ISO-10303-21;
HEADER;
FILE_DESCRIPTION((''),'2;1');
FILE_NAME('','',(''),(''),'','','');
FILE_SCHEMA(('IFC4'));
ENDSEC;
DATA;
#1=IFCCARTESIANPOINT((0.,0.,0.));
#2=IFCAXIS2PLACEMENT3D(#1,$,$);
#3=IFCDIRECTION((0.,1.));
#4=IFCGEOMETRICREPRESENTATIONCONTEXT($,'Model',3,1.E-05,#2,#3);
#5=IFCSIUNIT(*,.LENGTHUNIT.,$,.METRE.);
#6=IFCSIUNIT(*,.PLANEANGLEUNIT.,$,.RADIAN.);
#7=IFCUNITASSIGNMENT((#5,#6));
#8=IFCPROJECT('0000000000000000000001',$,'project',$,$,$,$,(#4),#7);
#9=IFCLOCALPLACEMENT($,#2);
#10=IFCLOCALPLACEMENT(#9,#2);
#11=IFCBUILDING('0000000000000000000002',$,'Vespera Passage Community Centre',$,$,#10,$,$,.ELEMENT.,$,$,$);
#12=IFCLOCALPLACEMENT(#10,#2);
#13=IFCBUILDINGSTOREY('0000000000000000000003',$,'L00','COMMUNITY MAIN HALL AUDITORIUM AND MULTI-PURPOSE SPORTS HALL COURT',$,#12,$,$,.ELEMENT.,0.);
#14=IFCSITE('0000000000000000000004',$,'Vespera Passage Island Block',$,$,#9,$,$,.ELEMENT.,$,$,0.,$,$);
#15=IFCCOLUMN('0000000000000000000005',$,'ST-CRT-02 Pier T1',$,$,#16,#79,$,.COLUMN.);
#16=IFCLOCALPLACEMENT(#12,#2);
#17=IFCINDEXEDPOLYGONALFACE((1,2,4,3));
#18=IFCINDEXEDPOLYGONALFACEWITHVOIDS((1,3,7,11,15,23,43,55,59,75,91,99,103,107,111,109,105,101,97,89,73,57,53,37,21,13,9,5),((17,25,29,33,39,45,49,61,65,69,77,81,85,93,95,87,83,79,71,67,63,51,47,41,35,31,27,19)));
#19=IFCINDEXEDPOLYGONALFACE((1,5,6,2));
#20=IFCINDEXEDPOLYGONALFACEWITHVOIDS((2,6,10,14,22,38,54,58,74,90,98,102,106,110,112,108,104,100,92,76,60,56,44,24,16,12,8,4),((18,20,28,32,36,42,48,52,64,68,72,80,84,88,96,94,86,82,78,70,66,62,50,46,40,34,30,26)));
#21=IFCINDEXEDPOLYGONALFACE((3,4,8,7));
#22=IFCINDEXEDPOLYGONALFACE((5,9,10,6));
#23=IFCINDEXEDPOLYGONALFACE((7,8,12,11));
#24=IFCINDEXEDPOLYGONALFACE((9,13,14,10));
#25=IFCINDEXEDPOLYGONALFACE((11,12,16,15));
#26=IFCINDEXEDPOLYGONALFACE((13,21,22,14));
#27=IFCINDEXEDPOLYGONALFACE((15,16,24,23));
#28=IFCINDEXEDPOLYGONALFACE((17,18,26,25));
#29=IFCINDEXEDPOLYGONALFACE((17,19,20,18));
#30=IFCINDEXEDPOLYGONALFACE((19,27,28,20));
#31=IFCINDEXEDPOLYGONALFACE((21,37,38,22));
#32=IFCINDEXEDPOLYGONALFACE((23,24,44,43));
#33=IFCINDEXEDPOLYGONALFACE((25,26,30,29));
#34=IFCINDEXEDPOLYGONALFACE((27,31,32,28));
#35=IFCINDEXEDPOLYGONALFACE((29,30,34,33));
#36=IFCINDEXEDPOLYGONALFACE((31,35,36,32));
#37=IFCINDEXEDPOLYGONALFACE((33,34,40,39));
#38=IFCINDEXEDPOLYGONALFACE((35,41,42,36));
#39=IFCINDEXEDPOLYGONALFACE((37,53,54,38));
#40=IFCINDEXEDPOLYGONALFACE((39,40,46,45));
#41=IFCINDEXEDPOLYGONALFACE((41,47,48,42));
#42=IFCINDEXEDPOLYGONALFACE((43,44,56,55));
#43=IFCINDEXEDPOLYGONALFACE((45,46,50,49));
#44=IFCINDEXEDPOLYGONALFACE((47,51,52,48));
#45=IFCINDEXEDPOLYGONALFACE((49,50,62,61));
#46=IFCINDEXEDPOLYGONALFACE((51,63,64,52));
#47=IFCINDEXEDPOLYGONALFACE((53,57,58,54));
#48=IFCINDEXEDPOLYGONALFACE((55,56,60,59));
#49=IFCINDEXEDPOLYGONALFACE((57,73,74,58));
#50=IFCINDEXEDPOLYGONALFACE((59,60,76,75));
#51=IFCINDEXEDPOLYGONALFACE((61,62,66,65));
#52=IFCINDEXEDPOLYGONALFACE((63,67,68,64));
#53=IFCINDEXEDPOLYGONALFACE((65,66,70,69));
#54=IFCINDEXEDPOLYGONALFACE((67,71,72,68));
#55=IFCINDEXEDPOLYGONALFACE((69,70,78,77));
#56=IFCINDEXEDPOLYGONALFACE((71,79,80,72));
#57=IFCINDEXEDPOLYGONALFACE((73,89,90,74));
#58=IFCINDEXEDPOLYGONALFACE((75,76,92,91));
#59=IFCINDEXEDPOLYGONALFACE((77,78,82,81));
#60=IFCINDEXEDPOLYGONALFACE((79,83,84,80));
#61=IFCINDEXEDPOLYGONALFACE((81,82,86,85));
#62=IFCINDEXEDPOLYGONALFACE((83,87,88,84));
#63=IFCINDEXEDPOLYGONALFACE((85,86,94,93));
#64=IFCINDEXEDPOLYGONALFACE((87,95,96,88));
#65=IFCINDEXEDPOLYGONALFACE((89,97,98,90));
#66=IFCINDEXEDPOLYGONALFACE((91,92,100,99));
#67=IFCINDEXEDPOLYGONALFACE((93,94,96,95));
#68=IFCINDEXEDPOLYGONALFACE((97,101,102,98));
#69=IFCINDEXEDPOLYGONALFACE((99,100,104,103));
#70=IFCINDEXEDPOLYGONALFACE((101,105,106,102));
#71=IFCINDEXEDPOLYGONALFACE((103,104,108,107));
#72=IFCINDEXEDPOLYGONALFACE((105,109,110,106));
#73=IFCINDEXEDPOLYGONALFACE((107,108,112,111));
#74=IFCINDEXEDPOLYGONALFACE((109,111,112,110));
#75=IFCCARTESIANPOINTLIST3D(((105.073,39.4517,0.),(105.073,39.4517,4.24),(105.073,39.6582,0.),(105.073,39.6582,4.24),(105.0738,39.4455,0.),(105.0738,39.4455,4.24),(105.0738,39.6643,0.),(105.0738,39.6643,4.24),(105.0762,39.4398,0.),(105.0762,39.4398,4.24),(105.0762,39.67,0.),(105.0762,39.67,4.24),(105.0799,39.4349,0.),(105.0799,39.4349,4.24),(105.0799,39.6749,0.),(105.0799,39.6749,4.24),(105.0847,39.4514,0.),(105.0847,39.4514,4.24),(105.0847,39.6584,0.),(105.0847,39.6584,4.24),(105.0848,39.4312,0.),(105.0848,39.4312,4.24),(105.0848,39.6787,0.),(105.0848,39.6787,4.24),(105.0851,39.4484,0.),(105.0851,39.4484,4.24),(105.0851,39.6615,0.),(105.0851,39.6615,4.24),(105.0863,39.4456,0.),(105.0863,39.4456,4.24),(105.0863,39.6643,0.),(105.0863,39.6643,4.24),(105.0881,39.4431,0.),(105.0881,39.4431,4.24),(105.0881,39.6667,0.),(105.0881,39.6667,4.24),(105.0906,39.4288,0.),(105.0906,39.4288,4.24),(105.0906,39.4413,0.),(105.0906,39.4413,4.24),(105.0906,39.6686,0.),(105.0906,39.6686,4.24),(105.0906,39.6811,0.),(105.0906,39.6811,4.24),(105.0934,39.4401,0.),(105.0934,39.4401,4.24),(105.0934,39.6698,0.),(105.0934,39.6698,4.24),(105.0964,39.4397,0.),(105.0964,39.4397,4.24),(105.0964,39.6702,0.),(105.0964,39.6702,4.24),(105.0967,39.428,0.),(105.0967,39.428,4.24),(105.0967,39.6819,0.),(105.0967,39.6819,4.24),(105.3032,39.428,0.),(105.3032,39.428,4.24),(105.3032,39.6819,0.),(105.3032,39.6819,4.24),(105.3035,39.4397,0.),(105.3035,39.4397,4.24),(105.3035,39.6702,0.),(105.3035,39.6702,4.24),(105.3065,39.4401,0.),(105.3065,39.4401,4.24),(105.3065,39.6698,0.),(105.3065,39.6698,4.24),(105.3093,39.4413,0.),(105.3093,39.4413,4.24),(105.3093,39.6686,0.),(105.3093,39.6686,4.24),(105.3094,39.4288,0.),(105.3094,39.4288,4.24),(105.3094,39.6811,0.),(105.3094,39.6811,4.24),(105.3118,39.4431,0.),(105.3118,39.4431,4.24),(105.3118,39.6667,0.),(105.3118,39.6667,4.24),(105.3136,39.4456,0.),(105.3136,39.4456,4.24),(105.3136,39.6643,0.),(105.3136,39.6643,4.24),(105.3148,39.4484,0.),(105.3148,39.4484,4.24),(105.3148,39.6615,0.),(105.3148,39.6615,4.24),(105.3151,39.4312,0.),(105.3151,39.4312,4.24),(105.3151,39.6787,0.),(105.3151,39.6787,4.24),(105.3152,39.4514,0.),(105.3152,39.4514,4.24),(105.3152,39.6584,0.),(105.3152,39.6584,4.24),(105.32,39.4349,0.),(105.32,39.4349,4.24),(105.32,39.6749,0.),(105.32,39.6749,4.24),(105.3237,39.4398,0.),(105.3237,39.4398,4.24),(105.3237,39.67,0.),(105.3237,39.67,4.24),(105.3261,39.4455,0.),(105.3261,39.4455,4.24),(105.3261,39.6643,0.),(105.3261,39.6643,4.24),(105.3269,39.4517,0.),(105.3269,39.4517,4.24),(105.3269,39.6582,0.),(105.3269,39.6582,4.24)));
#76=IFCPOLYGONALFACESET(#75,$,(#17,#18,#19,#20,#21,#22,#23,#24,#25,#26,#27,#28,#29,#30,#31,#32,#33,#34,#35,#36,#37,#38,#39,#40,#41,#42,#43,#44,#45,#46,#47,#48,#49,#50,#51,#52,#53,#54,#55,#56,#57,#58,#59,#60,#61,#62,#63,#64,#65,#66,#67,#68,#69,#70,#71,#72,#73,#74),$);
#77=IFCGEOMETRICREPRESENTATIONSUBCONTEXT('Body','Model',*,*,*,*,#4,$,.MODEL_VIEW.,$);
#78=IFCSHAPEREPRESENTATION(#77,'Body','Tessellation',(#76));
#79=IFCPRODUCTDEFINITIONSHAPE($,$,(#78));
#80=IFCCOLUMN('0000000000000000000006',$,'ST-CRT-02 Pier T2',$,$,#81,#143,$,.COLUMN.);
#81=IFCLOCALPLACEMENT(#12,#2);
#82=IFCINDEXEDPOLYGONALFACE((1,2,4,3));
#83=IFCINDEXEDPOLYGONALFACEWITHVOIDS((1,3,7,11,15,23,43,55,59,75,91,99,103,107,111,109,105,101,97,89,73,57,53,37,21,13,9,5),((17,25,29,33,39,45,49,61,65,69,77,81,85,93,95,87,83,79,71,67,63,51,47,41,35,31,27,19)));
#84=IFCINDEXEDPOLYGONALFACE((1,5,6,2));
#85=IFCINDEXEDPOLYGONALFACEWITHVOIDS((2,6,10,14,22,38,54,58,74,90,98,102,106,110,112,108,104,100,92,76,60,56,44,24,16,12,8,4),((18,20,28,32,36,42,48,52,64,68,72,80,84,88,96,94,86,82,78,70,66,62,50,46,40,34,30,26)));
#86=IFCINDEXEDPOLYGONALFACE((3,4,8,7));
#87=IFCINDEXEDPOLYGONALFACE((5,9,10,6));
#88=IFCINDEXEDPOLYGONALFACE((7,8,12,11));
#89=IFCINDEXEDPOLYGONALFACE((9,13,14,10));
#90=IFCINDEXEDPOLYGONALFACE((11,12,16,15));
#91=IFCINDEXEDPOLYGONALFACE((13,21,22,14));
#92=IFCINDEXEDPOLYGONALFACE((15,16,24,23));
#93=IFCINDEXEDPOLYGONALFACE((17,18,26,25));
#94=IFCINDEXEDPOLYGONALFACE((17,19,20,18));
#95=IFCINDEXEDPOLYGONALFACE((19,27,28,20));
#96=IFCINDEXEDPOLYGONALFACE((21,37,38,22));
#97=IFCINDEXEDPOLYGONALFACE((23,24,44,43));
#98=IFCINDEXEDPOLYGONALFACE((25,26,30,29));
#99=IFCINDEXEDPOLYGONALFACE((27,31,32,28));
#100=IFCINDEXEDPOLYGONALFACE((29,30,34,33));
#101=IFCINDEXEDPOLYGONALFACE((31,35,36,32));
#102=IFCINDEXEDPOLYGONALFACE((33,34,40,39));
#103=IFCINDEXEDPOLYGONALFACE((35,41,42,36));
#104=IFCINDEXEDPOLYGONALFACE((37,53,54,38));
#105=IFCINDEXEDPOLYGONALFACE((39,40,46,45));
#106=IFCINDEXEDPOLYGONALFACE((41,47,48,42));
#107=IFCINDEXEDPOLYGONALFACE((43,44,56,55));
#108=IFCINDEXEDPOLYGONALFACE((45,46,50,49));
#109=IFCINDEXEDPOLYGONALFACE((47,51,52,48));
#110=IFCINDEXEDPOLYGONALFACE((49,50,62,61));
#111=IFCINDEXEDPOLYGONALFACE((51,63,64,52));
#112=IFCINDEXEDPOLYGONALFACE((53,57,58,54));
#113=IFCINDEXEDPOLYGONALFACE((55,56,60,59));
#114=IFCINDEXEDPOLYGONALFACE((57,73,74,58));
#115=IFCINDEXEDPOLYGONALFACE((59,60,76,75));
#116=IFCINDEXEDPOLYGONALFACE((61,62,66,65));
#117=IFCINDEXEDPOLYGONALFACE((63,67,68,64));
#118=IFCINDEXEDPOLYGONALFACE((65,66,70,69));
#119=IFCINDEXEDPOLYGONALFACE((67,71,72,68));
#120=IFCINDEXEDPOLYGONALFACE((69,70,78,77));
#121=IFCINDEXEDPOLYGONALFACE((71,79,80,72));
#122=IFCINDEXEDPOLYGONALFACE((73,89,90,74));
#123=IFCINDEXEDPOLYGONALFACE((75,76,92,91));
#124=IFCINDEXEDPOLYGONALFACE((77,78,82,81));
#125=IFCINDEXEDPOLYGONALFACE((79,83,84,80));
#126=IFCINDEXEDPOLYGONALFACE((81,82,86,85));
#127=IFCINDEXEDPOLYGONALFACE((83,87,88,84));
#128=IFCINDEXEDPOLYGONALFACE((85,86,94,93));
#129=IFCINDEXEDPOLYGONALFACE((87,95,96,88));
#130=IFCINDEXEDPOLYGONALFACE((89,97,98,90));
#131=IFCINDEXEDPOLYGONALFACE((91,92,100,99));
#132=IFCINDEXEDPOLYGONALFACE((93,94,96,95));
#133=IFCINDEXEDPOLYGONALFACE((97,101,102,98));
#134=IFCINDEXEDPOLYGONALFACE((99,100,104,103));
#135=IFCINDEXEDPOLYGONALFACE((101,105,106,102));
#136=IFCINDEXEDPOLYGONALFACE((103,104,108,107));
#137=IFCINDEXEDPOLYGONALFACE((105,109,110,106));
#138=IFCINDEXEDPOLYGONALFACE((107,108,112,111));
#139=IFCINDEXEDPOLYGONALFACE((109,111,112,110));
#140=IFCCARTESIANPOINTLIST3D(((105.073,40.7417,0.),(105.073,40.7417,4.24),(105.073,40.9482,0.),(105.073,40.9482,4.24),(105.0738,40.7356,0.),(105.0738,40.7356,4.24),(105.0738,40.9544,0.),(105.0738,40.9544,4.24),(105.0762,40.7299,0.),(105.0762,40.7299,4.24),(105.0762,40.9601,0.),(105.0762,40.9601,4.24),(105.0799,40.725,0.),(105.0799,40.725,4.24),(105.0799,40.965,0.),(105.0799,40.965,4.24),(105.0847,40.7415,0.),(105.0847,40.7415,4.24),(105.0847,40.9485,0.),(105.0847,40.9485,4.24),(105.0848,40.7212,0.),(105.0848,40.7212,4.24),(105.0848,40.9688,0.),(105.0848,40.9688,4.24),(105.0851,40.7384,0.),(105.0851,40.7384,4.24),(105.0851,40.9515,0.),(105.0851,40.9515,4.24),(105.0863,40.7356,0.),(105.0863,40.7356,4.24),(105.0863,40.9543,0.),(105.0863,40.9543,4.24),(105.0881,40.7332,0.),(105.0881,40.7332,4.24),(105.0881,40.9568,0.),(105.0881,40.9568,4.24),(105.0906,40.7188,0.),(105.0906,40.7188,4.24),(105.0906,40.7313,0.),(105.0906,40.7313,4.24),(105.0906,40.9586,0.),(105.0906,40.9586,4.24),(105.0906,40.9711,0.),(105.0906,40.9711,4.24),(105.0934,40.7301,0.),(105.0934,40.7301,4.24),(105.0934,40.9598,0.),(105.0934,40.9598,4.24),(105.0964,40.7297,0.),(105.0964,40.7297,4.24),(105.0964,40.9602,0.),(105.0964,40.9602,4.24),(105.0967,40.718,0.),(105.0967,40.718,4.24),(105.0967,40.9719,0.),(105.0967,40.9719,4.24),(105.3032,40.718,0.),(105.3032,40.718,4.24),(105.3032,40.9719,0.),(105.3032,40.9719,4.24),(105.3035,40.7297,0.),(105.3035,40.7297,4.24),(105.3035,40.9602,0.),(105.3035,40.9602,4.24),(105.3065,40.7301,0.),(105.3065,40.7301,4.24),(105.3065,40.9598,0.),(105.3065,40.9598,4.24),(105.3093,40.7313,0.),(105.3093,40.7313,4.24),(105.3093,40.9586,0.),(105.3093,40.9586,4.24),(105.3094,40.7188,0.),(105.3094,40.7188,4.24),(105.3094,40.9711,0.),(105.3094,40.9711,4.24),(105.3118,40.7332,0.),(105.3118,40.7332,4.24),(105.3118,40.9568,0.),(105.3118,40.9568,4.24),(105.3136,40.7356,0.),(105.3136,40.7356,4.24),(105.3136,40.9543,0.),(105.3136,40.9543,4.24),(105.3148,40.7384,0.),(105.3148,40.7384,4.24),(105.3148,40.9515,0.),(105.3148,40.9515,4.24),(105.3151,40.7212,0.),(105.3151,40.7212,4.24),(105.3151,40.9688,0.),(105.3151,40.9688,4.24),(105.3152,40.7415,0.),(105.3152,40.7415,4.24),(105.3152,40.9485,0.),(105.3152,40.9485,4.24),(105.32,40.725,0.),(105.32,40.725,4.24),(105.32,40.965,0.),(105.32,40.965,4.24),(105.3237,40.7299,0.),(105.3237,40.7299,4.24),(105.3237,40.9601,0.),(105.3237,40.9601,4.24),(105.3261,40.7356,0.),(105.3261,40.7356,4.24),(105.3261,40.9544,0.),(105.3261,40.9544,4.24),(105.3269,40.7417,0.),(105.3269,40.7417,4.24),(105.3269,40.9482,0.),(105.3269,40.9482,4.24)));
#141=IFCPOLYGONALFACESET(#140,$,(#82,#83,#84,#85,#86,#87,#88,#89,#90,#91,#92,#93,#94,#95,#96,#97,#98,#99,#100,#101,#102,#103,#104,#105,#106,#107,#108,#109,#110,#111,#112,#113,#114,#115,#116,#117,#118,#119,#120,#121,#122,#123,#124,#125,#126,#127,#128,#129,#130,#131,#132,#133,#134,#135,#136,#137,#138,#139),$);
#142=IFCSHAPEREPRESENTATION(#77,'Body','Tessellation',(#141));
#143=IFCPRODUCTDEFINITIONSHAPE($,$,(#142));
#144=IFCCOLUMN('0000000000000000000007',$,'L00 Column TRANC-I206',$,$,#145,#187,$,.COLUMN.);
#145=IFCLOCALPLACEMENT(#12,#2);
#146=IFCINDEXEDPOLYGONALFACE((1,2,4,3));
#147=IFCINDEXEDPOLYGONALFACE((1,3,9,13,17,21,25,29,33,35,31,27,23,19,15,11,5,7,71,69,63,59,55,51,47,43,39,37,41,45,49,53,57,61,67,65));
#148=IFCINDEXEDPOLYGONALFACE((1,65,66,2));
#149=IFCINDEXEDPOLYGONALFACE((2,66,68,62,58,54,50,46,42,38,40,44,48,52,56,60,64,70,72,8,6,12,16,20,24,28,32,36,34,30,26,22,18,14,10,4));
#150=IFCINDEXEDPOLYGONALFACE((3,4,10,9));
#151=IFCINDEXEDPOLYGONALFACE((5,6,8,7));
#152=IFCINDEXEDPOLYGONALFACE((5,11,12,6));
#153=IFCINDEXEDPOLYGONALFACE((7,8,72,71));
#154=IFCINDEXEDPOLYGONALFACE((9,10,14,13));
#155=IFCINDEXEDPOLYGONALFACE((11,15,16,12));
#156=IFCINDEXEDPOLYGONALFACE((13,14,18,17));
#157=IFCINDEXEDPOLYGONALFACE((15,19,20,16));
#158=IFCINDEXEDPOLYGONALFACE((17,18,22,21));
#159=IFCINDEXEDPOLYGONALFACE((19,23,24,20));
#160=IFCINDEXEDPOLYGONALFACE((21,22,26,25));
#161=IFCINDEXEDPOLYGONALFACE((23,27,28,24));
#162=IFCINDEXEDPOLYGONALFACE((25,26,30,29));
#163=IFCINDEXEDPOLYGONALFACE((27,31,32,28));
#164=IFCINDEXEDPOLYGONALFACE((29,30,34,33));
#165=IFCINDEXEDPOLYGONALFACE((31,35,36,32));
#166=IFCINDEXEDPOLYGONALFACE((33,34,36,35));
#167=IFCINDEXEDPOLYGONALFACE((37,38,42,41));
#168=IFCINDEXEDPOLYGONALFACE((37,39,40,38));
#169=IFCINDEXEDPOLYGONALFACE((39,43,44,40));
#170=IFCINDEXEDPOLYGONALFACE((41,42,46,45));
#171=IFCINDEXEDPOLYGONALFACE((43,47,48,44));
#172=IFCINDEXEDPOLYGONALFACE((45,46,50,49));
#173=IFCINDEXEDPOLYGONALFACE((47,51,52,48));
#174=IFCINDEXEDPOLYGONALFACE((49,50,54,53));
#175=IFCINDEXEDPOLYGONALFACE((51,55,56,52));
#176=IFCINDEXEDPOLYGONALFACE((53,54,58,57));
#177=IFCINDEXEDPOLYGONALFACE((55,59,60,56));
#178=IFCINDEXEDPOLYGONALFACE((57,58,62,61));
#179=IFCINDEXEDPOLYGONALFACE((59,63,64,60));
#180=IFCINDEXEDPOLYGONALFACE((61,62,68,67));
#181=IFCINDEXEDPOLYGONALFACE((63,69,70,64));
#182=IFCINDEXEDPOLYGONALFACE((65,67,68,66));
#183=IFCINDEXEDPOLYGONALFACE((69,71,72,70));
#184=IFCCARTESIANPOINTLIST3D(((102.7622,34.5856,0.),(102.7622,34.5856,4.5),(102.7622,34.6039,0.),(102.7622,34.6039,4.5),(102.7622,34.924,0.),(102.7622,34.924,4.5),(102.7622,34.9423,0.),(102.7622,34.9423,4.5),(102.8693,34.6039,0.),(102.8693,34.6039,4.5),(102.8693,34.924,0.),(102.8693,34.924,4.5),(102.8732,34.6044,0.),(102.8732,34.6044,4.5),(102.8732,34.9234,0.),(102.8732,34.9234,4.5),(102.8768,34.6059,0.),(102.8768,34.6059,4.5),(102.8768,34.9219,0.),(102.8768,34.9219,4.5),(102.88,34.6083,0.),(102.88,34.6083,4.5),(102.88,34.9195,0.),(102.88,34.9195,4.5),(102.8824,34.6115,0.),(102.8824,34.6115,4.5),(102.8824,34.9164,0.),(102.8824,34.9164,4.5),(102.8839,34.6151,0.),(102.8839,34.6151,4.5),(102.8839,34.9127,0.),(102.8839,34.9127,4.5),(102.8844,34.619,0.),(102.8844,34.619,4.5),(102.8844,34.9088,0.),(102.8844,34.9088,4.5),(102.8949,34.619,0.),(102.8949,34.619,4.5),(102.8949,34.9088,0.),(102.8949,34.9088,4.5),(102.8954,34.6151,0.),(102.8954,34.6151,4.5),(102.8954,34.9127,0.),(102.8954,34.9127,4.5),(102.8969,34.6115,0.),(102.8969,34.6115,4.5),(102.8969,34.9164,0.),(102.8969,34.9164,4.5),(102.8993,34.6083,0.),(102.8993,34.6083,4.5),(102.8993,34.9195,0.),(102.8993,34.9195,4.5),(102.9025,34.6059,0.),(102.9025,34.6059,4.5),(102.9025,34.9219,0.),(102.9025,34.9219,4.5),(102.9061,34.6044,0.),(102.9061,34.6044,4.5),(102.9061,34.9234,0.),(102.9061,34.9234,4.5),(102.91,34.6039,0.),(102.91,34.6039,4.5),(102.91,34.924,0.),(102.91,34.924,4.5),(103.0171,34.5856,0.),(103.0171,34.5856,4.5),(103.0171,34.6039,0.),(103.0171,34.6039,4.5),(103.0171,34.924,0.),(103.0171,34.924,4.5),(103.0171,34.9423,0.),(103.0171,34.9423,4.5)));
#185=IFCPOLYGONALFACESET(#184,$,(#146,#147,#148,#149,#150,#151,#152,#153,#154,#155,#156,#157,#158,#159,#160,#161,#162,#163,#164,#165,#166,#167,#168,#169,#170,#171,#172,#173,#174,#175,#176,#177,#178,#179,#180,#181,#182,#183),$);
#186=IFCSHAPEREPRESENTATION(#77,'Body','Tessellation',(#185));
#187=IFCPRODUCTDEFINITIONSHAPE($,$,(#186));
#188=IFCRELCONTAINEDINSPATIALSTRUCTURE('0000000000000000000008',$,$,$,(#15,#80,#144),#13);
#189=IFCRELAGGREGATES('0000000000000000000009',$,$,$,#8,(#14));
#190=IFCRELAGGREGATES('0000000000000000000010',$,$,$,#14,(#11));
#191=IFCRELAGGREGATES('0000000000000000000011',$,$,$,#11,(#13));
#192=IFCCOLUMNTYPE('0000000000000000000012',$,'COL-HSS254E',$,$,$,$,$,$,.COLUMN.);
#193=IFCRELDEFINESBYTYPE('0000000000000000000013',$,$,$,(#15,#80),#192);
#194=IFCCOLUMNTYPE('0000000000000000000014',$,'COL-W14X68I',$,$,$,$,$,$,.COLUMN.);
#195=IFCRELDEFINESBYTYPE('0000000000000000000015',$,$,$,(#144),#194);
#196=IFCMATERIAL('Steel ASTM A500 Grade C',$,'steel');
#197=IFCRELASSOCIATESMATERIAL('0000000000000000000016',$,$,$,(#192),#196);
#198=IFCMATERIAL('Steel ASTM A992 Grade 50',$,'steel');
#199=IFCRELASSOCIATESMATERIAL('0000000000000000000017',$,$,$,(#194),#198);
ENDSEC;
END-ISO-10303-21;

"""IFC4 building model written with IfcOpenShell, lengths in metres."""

from ifc_helpers import new_model, si_unit, direction, frame, origin, origin_2d, place, context, subcontext, project, spatial, hollow_rectangle, i_section, extrude, material, material_profile, profile_set, type_object, element, save


model = new_model("IFC4")

# Units and contexts
model_context = context("Model", 3, precision=1e-05, world=origin(), true_north=direction((0.0, 1.0)))
body_context = subcontext(model_context, "Body", "Model", "MODEL_VIEW")
ifc_project = project(units=[si_unit("LENGTHUNIT", "METRE"), si_unit("PLANEANGLEUNIT", "RADIAN")], contexts=[model_context])

# Site, building, storey
site_placement = place(None, origin())
site = spatial("IfcSite", under=ifc_project, at=site_placement, Name="Vespera Passage Island Block", CompositionType="ELEMENT", RefElevation=0.0)
building_placement = place(site_placement, origin())
building = spatial("IfcBuilding", under=site, at=building_placement, Name="Vespera Passage Community Centre", CompositionType="ELEMENT")
storey_placement = place(building_placement, origin())
storey = spatial("IfcBuildingStorey", under=building, at=storey_placement, Name="L00", Description="COMMUNITY MAIN HALL AUDITORIUM AND MULTI-PURPOSE SPORTS HALL COURT", CompositionType="ELEMENT", Elevation=0.0)

# Columns
ifc_material_1 = material(Name="Steel ASTM A500 Grade C", Category="steel")
ifc_material_profile_1 = material_profile(ifc_material_1, hollow_rectangle(XDim=0.2539, YDim=0.2539, WallThickness=0.0117, InnerFilletRadius=0.0117, OuterFilletRadius=0.0237, at=origin_2d()), Name="HSS254X254X12.7")
ifc_profile_set_1 = profile_set([ifc_material_profile_1], Name="Steel ASTM A500 Grade C")
column_type_1 = type_object("IfcColumnType", Name="COL-HSS254E", PredefinedType="COLUMN", material=ifc_profile_set_1)
for number, where, z_axis, x_axis, name in (
    (1, (105.2, 39.5549, 0.0), (0.0, 0.0, 1.0), (1.0, 0.0, 0.0), "ST-CRT-02 Pier T1"),
    (2, (105.2, 40.845, 0.0), (0.0, 0.0, 1.0), (1.0, 0.0, 0.0), "ST-CRT-02 Pier T2"),
):
    element("IfcColumn", number, at=place(storey_placement, frame(where, z_axis=z_axis, x_axis=x_axis)), inside=storey, type_object=column_type_1, Name=name, PredefinedType="COLUMN", context=body_context, shape_type="SweptSolid", body=[
        extrude(hollow_rectangle(XDim=0.2539, YDim=0.2539, WallThickness=0.0117, InnerFilletRadius=0.0117, OuterFilletRadius=0.0237, at=origin_2d()), origin(), (0.0, 0.0, 1.0), 4.24),
    ])
ifc_material_2 = material(Name="Steel ASTM A992 Grade 50", Category="steel")
ifc_material_profile_2 = material_profile(ifc_material_2, i_section(OverallWidth=0.2549, OverallDepth=0.3567, WebThickness=0.0105, FlangeThickness=0.0183, FilletRadius=0.0151, at=origin_2d()), Name="W14X68")
ifc_profile_set_2 = profile_set([ifc_material_profile_2], Name="Steel ASTM A992 Grade 50")
column_type_2 = type_object("IfcColumnType", Name="COL-W14X68I", PredefinedType="COLUMN", material=ifc_profile_set_2)
column_placement = place(storey_placement, frame((102.8896, 34.7639, 0.0), z_axis=(0.0, 0.0, 1.0), x_axis=(1.0, 0.0, 0.0)))
element("IfcColumn", 3, at=column_placement, inside=storey, type_object=column_type_2, Name="L00 Column TRANC-I206", PredefinedType="COLUMN", context=body_context, shape_type="SweptSolid", body=[
    extrude(i_section(OverallWidth=0.2549, OverallDepth=0.3567, WebThickness=0.0105, FlangeThickness=0.0183, FilletRadius=0.0151, at=origin_2d()), origin(), (0.0, 0.0, 1.0), 4.5),
])

save(model, "model.ifc")
